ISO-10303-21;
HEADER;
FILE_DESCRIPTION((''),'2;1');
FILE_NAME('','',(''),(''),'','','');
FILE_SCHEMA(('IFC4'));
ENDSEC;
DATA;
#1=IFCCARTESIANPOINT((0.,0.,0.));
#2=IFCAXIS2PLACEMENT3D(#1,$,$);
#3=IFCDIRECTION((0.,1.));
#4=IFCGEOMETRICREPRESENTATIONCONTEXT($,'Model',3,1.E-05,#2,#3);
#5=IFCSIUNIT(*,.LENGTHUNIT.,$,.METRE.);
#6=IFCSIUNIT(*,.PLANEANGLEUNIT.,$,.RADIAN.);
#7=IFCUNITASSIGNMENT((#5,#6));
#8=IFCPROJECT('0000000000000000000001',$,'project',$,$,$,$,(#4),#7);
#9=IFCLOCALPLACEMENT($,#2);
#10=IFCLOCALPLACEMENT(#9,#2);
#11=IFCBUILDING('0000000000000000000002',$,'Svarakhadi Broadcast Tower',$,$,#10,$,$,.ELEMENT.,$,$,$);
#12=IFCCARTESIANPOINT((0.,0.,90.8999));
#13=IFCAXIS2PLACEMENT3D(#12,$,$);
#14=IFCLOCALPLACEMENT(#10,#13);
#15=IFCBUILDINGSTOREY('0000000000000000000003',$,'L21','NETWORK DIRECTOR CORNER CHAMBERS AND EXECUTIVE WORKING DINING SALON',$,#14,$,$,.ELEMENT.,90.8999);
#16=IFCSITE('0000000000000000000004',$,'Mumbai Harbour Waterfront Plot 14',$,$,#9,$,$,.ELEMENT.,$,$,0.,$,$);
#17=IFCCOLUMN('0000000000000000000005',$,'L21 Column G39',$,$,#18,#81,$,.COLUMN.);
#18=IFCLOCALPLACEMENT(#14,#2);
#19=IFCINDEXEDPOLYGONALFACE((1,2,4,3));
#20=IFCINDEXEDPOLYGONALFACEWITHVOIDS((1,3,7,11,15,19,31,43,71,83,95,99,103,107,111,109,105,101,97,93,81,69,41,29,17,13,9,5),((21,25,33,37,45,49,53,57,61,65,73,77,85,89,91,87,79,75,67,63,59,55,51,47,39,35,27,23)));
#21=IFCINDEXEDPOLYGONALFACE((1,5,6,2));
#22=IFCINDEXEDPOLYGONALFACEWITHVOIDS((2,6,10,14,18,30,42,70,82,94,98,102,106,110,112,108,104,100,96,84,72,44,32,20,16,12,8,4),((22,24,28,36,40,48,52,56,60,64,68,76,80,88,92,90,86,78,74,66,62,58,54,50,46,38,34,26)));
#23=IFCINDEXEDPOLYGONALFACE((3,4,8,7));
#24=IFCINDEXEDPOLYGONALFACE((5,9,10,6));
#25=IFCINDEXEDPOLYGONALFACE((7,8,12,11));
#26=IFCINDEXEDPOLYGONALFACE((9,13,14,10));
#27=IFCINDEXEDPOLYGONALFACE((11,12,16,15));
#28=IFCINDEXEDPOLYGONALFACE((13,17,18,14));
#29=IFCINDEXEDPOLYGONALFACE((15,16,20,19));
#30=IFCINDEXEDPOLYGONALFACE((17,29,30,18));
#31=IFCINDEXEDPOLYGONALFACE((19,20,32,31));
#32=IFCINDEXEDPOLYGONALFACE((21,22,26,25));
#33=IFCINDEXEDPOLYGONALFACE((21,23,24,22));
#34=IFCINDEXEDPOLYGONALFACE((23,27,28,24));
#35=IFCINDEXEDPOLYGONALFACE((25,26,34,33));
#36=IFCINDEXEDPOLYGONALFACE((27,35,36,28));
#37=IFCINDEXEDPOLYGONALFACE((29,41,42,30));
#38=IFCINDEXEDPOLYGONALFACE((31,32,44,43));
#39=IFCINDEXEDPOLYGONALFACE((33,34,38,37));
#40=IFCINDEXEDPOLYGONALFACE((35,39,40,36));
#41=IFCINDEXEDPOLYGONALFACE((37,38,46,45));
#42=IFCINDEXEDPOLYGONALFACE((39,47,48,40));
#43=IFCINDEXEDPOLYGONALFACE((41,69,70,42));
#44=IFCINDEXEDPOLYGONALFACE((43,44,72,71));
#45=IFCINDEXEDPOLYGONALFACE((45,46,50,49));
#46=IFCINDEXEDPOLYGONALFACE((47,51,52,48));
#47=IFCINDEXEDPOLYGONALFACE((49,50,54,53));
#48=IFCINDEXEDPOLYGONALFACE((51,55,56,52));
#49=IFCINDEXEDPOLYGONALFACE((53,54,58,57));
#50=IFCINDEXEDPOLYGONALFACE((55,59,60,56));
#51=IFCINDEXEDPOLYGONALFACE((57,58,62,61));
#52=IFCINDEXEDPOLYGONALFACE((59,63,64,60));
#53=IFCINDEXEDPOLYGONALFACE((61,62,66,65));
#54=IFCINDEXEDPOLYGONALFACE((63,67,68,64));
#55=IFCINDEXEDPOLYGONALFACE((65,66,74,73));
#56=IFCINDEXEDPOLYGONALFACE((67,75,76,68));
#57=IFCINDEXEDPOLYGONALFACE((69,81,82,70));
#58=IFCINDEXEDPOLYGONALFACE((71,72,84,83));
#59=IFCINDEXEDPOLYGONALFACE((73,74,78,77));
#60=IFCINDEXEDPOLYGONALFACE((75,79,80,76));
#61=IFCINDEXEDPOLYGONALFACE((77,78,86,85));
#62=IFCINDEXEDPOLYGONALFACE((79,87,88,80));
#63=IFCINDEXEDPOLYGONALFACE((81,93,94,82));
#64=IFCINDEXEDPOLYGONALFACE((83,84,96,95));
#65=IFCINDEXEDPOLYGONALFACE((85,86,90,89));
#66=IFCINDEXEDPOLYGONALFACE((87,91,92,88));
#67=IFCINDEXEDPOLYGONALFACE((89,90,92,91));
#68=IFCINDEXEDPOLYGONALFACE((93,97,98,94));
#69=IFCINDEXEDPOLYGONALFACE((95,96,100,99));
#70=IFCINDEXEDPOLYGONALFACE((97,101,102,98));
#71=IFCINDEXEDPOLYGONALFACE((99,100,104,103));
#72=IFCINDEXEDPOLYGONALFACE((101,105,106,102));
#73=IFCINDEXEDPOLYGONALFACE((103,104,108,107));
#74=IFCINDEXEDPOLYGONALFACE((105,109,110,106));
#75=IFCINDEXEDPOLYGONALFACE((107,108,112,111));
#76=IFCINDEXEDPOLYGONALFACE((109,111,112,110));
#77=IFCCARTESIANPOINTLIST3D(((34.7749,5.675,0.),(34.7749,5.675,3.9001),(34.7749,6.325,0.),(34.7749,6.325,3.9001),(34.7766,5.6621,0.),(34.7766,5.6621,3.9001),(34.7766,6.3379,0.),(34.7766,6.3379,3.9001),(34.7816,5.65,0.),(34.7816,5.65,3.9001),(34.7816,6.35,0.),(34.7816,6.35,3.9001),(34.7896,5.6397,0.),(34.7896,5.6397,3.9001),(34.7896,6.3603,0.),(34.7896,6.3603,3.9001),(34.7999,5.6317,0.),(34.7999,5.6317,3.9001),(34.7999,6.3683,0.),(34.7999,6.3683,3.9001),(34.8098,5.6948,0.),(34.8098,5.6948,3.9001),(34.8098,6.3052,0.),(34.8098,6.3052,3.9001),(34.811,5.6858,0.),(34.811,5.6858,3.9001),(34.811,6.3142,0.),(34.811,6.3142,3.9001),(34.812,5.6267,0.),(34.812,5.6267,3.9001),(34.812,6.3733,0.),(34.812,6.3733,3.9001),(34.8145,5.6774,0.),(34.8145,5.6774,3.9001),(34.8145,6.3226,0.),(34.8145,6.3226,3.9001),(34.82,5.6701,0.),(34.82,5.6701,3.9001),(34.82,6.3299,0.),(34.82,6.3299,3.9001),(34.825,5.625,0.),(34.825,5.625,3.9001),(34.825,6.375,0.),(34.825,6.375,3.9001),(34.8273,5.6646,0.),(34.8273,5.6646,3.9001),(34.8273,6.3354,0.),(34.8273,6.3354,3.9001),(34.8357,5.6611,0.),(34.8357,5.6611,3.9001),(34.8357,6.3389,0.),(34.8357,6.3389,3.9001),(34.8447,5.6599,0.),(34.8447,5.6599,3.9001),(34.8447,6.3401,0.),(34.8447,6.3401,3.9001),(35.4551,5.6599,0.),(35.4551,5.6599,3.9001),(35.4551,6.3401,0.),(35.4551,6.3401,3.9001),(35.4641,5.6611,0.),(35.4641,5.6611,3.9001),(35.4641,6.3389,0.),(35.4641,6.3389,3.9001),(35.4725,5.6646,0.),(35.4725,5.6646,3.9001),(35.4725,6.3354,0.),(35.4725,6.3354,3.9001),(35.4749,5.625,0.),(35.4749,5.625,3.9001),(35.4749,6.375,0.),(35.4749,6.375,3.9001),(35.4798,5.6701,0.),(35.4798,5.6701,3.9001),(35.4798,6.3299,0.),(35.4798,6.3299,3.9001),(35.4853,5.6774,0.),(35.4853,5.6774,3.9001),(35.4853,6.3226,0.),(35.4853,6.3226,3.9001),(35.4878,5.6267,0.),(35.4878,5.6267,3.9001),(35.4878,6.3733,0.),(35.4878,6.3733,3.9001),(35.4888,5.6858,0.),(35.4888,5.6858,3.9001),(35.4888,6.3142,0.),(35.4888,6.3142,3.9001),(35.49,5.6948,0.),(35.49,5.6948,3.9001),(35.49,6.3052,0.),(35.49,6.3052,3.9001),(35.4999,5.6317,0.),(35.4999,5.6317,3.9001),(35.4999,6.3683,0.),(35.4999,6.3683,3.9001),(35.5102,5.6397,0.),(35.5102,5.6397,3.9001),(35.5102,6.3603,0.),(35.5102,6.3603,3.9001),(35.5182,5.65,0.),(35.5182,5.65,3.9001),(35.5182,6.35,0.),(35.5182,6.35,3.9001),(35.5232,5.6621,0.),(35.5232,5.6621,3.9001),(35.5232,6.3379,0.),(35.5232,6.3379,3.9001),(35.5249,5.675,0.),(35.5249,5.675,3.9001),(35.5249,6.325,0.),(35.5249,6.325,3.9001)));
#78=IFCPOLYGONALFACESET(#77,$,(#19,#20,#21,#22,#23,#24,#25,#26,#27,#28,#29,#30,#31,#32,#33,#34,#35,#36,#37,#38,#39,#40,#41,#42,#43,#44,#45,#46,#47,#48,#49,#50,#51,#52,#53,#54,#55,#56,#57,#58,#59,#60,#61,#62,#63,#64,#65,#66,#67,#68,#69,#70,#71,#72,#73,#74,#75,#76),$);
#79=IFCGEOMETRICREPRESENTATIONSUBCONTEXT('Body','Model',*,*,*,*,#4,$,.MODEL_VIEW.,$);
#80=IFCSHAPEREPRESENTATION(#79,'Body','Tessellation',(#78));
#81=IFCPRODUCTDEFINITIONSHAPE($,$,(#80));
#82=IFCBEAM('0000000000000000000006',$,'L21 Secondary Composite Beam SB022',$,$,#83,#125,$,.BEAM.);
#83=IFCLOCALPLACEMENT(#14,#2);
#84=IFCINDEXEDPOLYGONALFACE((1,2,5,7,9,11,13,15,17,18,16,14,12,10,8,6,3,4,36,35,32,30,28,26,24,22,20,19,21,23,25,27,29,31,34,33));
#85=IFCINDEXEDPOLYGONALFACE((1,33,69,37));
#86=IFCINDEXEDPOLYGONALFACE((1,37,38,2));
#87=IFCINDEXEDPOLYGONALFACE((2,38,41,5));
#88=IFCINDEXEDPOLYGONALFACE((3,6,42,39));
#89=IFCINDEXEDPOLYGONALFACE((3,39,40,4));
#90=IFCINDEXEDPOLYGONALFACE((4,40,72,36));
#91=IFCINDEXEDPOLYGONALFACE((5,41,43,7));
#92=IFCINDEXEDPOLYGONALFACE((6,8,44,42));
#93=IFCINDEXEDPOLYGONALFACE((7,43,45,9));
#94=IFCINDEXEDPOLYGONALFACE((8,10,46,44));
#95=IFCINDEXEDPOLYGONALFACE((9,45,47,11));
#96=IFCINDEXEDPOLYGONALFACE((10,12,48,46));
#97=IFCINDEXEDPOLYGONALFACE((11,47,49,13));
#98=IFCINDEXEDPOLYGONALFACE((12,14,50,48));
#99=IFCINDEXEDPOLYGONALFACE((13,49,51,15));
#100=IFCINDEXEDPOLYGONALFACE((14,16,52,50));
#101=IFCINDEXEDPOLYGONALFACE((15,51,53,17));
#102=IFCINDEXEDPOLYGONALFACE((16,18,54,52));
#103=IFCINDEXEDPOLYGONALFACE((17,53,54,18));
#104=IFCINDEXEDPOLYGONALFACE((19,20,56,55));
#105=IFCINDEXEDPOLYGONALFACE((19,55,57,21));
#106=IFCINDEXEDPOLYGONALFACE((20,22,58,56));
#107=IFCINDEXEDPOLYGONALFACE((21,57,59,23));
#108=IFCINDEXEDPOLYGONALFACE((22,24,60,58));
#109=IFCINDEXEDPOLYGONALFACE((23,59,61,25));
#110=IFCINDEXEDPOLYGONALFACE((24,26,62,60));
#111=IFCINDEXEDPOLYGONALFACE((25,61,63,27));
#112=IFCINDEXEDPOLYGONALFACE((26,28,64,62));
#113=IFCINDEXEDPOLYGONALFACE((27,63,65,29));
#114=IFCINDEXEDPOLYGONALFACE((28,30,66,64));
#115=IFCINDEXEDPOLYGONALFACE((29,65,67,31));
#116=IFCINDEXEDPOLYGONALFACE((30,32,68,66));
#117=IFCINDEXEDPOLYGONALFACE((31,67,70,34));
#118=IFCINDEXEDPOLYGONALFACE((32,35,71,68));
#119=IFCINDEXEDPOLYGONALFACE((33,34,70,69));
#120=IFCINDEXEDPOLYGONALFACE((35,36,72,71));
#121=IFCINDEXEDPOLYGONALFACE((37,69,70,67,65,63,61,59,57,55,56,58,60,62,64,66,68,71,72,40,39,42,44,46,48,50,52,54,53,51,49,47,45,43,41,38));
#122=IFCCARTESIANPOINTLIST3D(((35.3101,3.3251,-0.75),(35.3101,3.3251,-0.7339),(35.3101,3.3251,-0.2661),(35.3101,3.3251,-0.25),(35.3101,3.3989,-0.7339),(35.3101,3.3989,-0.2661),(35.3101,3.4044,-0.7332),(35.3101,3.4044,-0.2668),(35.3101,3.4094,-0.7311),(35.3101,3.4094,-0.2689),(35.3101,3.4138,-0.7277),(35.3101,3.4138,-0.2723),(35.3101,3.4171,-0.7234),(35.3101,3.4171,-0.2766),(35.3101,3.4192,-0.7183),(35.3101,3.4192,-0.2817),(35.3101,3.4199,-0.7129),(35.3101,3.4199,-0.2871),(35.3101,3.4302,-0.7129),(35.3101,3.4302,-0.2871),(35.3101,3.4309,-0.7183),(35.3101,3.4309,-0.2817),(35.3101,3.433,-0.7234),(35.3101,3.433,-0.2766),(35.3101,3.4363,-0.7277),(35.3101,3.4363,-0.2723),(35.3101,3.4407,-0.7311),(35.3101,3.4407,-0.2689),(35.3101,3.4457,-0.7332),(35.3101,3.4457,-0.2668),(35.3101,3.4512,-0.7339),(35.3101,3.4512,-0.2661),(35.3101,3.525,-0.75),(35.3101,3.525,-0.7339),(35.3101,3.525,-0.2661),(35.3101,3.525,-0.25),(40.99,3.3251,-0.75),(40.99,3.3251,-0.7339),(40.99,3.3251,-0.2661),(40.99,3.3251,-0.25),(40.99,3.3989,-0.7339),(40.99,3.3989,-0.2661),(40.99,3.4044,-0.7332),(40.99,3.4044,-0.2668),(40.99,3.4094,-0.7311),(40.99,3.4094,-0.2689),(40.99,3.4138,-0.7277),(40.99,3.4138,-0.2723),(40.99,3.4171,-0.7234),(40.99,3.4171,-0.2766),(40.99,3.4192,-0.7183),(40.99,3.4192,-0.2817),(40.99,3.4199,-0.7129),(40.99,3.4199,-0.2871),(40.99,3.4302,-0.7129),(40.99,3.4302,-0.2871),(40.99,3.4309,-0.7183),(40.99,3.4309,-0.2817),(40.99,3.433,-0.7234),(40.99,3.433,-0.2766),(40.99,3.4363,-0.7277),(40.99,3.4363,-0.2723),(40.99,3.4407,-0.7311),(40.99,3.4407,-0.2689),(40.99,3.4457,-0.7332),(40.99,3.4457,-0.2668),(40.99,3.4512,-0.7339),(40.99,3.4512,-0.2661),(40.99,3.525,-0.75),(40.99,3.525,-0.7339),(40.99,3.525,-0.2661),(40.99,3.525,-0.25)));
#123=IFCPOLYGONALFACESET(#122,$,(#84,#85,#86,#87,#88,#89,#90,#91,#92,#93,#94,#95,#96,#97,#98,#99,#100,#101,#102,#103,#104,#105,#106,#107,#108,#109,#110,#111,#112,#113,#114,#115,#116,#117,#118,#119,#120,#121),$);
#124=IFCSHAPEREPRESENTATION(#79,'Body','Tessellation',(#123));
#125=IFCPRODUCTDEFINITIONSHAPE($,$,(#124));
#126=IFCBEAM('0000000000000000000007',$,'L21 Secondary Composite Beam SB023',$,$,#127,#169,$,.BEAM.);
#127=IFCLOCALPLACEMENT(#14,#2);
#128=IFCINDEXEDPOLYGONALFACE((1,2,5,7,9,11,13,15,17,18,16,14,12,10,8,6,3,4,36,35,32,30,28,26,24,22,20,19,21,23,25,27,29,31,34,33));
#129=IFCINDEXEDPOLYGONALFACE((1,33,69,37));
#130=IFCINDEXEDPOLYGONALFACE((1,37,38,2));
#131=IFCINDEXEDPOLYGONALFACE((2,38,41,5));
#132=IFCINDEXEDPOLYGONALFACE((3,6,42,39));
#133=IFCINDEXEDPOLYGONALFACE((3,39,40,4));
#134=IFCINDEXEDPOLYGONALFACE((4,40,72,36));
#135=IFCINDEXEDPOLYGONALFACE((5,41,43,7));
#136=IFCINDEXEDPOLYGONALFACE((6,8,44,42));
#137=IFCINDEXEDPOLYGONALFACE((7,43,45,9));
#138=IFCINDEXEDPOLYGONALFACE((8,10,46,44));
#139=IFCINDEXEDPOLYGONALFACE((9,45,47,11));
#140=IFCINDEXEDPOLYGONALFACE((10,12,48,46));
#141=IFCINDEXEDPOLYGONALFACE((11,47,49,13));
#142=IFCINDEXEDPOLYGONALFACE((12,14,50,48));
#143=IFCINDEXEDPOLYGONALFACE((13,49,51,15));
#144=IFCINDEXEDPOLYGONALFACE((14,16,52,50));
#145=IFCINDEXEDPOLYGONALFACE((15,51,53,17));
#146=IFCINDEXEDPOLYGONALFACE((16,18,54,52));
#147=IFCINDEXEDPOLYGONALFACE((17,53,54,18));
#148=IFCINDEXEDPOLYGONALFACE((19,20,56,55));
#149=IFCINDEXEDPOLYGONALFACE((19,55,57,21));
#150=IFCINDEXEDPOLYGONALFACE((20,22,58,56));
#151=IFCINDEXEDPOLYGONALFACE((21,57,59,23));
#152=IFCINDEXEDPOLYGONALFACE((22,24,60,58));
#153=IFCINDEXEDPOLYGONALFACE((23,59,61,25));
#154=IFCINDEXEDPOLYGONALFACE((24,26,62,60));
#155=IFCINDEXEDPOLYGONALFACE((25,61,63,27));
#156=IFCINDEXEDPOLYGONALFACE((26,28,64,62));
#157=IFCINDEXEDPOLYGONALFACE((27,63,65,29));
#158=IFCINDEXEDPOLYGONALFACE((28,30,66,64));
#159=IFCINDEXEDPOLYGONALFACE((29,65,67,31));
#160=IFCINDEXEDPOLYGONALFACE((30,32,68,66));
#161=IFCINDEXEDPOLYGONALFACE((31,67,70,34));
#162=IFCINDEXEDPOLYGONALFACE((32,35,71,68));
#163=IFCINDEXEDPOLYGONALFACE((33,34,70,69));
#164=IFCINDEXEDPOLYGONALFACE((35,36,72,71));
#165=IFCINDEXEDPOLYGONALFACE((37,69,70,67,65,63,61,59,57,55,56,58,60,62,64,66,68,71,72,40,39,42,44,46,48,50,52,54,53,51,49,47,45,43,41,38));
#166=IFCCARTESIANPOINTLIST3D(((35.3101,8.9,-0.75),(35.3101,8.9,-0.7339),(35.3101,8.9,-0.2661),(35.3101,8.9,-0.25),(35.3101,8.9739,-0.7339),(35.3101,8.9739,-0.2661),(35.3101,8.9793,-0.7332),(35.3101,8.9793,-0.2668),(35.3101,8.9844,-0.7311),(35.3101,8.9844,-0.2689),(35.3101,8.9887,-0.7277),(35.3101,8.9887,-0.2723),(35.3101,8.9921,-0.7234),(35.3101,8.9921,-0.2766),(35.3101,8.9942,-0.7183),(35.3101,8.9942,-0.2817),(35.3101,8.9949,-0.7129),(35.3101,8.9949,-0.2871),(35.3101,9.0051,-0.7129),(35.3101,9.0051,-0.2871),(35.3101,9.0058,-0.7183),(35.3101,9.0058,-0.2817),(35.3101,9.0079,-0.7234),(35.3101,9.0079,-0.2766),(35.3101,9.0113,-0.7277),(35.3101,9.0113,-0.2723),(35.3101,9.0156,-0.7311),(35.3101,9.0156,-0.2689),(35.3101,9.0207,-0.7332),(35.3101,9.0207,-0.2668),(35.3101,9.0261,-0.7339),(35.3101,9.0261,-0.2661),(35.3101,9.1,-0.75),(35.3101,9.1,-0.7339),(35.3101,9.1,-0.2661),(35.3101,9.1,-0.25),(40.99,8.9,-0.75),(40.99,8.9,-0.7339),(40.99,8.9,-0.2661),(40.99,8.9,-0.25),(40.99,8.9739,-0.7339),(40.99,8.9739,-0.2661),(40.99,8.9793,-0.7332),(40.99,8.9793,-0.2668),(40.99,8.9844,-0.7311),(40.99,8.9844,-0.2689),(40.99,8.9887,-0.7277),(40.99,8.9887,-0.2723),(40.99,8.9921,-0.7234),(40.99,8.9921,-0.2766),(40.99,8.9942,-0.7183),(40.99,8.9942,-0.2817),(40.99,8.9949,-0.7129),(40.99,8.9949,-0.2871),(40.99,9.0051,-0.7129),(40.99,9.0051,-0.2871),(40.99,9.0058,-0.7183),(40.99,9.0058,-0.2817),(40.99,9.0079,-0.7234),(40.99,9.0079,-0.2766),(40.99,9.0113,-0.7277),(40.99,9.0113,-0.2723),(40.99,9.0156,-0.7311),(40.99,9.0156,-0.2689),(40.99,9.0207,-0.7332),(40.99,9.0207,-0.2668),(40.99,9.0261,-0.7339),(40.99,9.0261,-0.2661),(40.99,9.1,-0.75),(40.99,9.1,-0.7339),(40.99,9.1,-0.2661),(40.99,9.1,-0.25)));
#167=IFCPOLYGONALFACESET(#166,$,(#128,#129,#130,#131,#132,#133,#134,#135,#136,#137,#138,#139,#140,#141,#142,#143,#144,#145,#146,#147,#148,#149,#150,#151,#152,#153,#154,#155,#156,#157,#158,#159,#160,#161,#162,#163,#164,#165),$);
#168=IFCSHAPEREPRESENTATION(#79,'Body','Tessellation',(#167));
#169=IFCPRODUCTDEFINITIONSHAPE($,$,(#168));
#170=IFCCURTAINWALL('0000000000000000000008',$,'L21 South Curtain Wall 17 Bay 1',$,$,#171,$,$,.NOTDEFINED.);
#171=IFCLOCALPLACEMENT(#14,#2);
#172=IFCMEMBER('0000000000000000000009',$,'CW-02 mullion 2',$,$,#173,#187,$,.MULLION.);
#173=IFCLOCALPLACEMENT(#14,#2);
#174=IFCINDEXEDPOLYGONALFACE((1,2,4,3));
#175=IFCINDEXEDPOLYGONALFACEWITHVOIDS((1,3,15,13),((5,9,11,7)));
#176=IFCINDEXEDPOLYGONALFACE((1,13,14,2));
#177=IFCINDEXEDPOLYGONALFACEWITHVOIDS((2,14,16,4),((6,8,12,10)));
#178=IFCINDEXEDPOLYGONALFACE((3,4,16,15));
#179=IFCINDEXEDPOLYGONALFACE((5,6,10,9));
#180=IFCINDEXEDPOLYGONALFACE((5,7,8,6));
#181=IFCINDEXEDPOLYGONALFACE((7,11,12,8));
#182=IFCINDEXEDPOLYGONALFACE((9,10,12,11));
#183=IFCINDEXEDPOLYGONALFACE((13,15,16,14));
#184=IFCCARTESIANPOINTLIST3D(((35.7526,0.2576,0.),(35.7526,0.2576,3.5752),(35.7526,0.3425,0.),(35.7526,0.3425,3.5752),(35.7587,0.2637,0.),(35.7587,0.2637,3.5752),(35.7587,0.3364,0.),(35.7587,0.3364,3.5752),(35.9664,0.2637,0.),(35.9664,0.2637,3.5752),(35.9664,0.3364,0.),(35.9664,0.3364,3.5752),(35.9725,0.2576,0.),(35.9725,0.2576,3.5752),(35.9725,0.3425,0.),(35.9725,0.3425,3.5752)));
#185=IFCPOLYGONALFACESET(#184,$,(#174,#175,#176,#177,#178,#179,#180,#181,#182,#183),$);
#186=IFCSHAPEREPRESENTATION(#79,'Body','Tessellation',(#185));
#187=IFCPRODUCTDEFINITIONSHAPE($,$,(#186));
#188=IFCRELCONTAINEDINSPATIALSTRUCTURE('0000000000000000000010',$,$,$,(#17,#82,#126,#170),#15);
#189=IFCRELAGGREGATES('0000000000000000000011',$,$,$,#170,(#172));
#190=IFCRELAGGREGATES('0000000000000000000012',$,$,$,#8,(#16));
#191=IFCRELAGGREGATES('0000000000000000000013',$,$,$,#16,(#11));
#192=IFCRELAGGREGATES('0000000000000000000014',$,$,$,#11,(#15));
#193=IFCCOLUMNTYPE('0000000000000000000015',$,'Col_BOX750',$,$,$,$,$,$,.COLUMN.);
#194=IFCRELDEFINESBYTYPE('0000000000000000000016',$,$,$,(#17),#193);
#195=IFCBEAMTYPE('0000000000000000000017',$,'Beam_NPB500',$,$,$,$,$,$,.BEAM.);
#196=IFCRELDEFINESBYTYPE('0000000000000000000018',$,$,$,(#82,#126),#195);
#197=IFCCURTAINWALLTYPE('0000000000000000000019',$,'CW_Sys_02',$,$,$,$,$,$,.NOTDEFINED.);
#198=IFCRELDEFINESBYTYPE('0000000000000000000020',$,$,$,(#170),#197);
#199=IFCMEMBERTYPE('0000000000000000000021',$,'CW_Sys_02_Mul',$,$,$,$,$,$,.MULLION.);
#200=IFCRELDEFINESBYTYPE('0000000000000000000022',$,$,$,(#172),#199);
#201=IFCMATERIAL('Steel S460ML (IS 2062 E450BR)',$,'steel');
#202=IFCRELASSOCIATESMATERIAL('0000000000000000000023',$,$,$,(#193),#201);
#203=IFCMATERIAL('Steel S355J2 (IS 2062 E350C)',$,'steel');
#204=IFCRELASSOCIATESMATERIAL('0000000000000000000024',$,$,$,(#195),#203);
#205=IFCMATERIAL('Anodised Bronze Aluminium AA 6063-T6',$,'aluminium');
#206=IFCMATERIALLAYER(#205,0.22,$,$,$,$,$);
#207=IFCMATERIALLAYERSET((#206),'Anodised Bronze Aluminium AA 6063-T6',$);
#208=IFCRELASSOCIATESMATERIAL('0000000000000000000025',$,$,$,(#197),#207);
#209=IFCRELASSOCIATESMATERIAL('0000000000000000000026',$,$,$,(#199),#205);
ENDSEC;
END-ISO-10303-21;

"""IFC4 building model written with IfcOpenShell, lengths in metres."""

from ifc_helpers import new_model, si_unit, direction, frame, origin, origin_2d, place, context, subcontext, project, spatial, hollow_rectangle, i_section, extrude, material, layer, layer_set, material_profile, profile_set, type_object, element, aggregate, save


model = new_model("IFC4")

# Units and contexts
model_context = context("Model", 3, precision=1e-05, world=origin(), true_north=direction((0.0, 1.0)))
body_context = subcontext(model_context, "Body", "Model", "MODEL_VIEW")
ifc_project = project(units=[si_unit("LENGTHUNIT", "METRE"), si_unit("PLANEANGLEUNIT", "RADIAN")], contexts=[model_context])

# Site, building, storey
site_placement = place(None, origin())
site = spatial("IfcSite", under=ifc_project, at=site_placement, Name="Mumbai Harbour Waterfront Plot 14", CompositionType="ELEMENT", RefElevation=0.0)
building_placement = place(site_placement, origin())
building = spatial("IfcBuilding", under=site, at=building_placement, Name="Svarakhadi Broadcast Tower", CompositionType="ELEMENT")
storey_placement = place(building_placement, frame((0.0, 0.0, 90.8999)))
storey = spatial("IfcBuildingStorey", under=building, at=storey_placement, Name="L21", Description="NETWORK DIRECTOR CORNER CHAMBERS AND EXECUTIVE WORKING DINING SALON", CompositionType="ELEMENT", Elevation=90.8999)

# Column
ifc_material_1 = material(Name="Steel S460ML (IS 2062 E450BR)", Category="steel")
ifc_material_profile_1 = material_profile(ifc_material_1, hollow_rectangle(XDim=0.75, YDim=0.75, WallThickness=0.0349, InnerFilletRadius=0.0349, OuterFilletRadius=0.05, at=origin_2d()), Name="BOX 750x750x35")
ifc_profile_set_1 = profile_set([ifc_material_profile_1], Name="Steel S460ML (IS 2062 E450BR)")
column_type = type_object("IfcColumnType", Name="Col_BOX750", PredefinedType="COLUMN", material=ifc_profile_set_1)
column_placement = place(storey_placement, frame((35.1499, 6.0, 0.0), z_axis=(0.0, 0.0, 1.0), x_axis=(1.0, 0.0, 0.0)))
element("IfcColumn", 1, at=column_placement, inside=storey, type_object=column_type, Name="L21 Column G39", PredefinedType="COLUMN", context=body_context, shape_type="SweptSolid", body=[
    extrude(hollow_rectangle(XDim=0.75, YDim=0.75, WallThickness=0.0349, InnerFilletRadius=0.0349, OuterFilletRadius=0.05, at=origin_2d()), origin(), (0.0, 0.0, 1.0), 3.9001),
])

# Beams
ifc_material_2 = material(Name="Steel S355J2 (IS 2062 E350C)", Category="steel")
ifc_material_profile_2 = material_profile(ifc_material_2, i_section(OverallWidth=0.2, OverallDepth=0.5, WebThickness=0.0103, FlangeThickness=0.0161, FilletRadius=0.021, at=origin_2d()), Name="NPB 500x200x91")
ifc_profile_set_2 = profile_set([ifc_material_profile_2], Name="Steel S355J2 (IS 2062 E350C)")
beam_type_1 = type_object("IfcBeamType", Name="Beam_NPB500", PredefinedType="BEAM", material=ifc_profile_set_2)
for number, where, z_axis, x_axis, name in (
    (2, (35.3101, 3.425, -0.5), (1.0, 0.0, 0.0), (0.0, 1.0, 0.0), "L21 Secondary Composite Beam SB022"),
    (3, (35.3101, 9.0, -0.5), (1.0, 0.0, 0.0), (0.0, 1.0, 0.0), "L21 Secondary Composite Beam SB023"),
):
    element("IfcBeam", number, at=place(storey_placement, frame(where, z_axis=z_axis, x_axis=x_axis)), inside=storey, type_object=beam_type_1, Name=name, PredefinedType="BEAM", context=body_context, shape_type="SweptSolid", body=[
        extrude(i_section(OverallWidth=0.2, OverallDepth=0.5, WebThickness=0.0103, FlangeThickness=0.0161, FilletRadius=0.021, at=origin_2d()), origin(), (0.0, 0.0, 1.0), 5.6799),
    ])

# Curtain wall, member
ifc_material_3 = material(Name="Anodised Bronze Aluminium AA 6063-T6", Category="aluminium")
ifc_layer_1 = layer(ifc_material_3, 0.22)
ifc_layer_set_1 = layer_set([ifc_layer_1], Name="Anodised Bronze Aluminium AA 6063-T6")
curtain_wall_type = type_object("IfcCurtainWallType", Name="CW_Sys_02", PredefinedType="NOTDEFINED", material=ifc_layer_set_1)
curtain_wall_placement = place(storey_placement, origin())
curtain_wall = element("IfcCurtainWall", 4, at=curtain_wall_placement, inside=storey, type_object=curtain_wall_type, Name="L21 South Curtain Wall 17 Bay 1", PredefinedType="NOTDEFINED")
ifc_material_profile_3 = material_profile(ifc_material_3, hollow_rectangle(XDim=0.085, YDim=0.22, WallThickness=0.0061, at=origin_2d()), Name="ALU MULLION 220x85x6")
ifc_profile_set_3 = profile_set([ifc_material_profile_3], Name="Anodised Bronze Aluminium AA 6063-T6")
member_type_1 = type_object("IfcMemberType", Name="CW_Sys_02_Mul", PredefinedType="MULLION", material=ifc_profile_set_3)
member_1_placement = place(storey_placement, frame((35.8625, 0.3, 0.0), z_axis=(0.0, 0.0, 1.0), x_axis=(0.0, -1.0, 0.0)))
member_1 = element("IfcMember", 5, at=member_1_placement, type_object=member_type_1, Name="CW-02 mullion 2", PredefinedType="MULLION", context=body_context, shape_type="SweptSolid", body=[
    extrude(hollow_rectangle(XDim=0.085, YDim=0.22, WallThickness=0.0061, at=origin_2d()), origin(), (0.0, 0.0, 1.0), 3.5752),
])

aggregate(curtain_wall, [member_1])

save(model, "model.ifc")
